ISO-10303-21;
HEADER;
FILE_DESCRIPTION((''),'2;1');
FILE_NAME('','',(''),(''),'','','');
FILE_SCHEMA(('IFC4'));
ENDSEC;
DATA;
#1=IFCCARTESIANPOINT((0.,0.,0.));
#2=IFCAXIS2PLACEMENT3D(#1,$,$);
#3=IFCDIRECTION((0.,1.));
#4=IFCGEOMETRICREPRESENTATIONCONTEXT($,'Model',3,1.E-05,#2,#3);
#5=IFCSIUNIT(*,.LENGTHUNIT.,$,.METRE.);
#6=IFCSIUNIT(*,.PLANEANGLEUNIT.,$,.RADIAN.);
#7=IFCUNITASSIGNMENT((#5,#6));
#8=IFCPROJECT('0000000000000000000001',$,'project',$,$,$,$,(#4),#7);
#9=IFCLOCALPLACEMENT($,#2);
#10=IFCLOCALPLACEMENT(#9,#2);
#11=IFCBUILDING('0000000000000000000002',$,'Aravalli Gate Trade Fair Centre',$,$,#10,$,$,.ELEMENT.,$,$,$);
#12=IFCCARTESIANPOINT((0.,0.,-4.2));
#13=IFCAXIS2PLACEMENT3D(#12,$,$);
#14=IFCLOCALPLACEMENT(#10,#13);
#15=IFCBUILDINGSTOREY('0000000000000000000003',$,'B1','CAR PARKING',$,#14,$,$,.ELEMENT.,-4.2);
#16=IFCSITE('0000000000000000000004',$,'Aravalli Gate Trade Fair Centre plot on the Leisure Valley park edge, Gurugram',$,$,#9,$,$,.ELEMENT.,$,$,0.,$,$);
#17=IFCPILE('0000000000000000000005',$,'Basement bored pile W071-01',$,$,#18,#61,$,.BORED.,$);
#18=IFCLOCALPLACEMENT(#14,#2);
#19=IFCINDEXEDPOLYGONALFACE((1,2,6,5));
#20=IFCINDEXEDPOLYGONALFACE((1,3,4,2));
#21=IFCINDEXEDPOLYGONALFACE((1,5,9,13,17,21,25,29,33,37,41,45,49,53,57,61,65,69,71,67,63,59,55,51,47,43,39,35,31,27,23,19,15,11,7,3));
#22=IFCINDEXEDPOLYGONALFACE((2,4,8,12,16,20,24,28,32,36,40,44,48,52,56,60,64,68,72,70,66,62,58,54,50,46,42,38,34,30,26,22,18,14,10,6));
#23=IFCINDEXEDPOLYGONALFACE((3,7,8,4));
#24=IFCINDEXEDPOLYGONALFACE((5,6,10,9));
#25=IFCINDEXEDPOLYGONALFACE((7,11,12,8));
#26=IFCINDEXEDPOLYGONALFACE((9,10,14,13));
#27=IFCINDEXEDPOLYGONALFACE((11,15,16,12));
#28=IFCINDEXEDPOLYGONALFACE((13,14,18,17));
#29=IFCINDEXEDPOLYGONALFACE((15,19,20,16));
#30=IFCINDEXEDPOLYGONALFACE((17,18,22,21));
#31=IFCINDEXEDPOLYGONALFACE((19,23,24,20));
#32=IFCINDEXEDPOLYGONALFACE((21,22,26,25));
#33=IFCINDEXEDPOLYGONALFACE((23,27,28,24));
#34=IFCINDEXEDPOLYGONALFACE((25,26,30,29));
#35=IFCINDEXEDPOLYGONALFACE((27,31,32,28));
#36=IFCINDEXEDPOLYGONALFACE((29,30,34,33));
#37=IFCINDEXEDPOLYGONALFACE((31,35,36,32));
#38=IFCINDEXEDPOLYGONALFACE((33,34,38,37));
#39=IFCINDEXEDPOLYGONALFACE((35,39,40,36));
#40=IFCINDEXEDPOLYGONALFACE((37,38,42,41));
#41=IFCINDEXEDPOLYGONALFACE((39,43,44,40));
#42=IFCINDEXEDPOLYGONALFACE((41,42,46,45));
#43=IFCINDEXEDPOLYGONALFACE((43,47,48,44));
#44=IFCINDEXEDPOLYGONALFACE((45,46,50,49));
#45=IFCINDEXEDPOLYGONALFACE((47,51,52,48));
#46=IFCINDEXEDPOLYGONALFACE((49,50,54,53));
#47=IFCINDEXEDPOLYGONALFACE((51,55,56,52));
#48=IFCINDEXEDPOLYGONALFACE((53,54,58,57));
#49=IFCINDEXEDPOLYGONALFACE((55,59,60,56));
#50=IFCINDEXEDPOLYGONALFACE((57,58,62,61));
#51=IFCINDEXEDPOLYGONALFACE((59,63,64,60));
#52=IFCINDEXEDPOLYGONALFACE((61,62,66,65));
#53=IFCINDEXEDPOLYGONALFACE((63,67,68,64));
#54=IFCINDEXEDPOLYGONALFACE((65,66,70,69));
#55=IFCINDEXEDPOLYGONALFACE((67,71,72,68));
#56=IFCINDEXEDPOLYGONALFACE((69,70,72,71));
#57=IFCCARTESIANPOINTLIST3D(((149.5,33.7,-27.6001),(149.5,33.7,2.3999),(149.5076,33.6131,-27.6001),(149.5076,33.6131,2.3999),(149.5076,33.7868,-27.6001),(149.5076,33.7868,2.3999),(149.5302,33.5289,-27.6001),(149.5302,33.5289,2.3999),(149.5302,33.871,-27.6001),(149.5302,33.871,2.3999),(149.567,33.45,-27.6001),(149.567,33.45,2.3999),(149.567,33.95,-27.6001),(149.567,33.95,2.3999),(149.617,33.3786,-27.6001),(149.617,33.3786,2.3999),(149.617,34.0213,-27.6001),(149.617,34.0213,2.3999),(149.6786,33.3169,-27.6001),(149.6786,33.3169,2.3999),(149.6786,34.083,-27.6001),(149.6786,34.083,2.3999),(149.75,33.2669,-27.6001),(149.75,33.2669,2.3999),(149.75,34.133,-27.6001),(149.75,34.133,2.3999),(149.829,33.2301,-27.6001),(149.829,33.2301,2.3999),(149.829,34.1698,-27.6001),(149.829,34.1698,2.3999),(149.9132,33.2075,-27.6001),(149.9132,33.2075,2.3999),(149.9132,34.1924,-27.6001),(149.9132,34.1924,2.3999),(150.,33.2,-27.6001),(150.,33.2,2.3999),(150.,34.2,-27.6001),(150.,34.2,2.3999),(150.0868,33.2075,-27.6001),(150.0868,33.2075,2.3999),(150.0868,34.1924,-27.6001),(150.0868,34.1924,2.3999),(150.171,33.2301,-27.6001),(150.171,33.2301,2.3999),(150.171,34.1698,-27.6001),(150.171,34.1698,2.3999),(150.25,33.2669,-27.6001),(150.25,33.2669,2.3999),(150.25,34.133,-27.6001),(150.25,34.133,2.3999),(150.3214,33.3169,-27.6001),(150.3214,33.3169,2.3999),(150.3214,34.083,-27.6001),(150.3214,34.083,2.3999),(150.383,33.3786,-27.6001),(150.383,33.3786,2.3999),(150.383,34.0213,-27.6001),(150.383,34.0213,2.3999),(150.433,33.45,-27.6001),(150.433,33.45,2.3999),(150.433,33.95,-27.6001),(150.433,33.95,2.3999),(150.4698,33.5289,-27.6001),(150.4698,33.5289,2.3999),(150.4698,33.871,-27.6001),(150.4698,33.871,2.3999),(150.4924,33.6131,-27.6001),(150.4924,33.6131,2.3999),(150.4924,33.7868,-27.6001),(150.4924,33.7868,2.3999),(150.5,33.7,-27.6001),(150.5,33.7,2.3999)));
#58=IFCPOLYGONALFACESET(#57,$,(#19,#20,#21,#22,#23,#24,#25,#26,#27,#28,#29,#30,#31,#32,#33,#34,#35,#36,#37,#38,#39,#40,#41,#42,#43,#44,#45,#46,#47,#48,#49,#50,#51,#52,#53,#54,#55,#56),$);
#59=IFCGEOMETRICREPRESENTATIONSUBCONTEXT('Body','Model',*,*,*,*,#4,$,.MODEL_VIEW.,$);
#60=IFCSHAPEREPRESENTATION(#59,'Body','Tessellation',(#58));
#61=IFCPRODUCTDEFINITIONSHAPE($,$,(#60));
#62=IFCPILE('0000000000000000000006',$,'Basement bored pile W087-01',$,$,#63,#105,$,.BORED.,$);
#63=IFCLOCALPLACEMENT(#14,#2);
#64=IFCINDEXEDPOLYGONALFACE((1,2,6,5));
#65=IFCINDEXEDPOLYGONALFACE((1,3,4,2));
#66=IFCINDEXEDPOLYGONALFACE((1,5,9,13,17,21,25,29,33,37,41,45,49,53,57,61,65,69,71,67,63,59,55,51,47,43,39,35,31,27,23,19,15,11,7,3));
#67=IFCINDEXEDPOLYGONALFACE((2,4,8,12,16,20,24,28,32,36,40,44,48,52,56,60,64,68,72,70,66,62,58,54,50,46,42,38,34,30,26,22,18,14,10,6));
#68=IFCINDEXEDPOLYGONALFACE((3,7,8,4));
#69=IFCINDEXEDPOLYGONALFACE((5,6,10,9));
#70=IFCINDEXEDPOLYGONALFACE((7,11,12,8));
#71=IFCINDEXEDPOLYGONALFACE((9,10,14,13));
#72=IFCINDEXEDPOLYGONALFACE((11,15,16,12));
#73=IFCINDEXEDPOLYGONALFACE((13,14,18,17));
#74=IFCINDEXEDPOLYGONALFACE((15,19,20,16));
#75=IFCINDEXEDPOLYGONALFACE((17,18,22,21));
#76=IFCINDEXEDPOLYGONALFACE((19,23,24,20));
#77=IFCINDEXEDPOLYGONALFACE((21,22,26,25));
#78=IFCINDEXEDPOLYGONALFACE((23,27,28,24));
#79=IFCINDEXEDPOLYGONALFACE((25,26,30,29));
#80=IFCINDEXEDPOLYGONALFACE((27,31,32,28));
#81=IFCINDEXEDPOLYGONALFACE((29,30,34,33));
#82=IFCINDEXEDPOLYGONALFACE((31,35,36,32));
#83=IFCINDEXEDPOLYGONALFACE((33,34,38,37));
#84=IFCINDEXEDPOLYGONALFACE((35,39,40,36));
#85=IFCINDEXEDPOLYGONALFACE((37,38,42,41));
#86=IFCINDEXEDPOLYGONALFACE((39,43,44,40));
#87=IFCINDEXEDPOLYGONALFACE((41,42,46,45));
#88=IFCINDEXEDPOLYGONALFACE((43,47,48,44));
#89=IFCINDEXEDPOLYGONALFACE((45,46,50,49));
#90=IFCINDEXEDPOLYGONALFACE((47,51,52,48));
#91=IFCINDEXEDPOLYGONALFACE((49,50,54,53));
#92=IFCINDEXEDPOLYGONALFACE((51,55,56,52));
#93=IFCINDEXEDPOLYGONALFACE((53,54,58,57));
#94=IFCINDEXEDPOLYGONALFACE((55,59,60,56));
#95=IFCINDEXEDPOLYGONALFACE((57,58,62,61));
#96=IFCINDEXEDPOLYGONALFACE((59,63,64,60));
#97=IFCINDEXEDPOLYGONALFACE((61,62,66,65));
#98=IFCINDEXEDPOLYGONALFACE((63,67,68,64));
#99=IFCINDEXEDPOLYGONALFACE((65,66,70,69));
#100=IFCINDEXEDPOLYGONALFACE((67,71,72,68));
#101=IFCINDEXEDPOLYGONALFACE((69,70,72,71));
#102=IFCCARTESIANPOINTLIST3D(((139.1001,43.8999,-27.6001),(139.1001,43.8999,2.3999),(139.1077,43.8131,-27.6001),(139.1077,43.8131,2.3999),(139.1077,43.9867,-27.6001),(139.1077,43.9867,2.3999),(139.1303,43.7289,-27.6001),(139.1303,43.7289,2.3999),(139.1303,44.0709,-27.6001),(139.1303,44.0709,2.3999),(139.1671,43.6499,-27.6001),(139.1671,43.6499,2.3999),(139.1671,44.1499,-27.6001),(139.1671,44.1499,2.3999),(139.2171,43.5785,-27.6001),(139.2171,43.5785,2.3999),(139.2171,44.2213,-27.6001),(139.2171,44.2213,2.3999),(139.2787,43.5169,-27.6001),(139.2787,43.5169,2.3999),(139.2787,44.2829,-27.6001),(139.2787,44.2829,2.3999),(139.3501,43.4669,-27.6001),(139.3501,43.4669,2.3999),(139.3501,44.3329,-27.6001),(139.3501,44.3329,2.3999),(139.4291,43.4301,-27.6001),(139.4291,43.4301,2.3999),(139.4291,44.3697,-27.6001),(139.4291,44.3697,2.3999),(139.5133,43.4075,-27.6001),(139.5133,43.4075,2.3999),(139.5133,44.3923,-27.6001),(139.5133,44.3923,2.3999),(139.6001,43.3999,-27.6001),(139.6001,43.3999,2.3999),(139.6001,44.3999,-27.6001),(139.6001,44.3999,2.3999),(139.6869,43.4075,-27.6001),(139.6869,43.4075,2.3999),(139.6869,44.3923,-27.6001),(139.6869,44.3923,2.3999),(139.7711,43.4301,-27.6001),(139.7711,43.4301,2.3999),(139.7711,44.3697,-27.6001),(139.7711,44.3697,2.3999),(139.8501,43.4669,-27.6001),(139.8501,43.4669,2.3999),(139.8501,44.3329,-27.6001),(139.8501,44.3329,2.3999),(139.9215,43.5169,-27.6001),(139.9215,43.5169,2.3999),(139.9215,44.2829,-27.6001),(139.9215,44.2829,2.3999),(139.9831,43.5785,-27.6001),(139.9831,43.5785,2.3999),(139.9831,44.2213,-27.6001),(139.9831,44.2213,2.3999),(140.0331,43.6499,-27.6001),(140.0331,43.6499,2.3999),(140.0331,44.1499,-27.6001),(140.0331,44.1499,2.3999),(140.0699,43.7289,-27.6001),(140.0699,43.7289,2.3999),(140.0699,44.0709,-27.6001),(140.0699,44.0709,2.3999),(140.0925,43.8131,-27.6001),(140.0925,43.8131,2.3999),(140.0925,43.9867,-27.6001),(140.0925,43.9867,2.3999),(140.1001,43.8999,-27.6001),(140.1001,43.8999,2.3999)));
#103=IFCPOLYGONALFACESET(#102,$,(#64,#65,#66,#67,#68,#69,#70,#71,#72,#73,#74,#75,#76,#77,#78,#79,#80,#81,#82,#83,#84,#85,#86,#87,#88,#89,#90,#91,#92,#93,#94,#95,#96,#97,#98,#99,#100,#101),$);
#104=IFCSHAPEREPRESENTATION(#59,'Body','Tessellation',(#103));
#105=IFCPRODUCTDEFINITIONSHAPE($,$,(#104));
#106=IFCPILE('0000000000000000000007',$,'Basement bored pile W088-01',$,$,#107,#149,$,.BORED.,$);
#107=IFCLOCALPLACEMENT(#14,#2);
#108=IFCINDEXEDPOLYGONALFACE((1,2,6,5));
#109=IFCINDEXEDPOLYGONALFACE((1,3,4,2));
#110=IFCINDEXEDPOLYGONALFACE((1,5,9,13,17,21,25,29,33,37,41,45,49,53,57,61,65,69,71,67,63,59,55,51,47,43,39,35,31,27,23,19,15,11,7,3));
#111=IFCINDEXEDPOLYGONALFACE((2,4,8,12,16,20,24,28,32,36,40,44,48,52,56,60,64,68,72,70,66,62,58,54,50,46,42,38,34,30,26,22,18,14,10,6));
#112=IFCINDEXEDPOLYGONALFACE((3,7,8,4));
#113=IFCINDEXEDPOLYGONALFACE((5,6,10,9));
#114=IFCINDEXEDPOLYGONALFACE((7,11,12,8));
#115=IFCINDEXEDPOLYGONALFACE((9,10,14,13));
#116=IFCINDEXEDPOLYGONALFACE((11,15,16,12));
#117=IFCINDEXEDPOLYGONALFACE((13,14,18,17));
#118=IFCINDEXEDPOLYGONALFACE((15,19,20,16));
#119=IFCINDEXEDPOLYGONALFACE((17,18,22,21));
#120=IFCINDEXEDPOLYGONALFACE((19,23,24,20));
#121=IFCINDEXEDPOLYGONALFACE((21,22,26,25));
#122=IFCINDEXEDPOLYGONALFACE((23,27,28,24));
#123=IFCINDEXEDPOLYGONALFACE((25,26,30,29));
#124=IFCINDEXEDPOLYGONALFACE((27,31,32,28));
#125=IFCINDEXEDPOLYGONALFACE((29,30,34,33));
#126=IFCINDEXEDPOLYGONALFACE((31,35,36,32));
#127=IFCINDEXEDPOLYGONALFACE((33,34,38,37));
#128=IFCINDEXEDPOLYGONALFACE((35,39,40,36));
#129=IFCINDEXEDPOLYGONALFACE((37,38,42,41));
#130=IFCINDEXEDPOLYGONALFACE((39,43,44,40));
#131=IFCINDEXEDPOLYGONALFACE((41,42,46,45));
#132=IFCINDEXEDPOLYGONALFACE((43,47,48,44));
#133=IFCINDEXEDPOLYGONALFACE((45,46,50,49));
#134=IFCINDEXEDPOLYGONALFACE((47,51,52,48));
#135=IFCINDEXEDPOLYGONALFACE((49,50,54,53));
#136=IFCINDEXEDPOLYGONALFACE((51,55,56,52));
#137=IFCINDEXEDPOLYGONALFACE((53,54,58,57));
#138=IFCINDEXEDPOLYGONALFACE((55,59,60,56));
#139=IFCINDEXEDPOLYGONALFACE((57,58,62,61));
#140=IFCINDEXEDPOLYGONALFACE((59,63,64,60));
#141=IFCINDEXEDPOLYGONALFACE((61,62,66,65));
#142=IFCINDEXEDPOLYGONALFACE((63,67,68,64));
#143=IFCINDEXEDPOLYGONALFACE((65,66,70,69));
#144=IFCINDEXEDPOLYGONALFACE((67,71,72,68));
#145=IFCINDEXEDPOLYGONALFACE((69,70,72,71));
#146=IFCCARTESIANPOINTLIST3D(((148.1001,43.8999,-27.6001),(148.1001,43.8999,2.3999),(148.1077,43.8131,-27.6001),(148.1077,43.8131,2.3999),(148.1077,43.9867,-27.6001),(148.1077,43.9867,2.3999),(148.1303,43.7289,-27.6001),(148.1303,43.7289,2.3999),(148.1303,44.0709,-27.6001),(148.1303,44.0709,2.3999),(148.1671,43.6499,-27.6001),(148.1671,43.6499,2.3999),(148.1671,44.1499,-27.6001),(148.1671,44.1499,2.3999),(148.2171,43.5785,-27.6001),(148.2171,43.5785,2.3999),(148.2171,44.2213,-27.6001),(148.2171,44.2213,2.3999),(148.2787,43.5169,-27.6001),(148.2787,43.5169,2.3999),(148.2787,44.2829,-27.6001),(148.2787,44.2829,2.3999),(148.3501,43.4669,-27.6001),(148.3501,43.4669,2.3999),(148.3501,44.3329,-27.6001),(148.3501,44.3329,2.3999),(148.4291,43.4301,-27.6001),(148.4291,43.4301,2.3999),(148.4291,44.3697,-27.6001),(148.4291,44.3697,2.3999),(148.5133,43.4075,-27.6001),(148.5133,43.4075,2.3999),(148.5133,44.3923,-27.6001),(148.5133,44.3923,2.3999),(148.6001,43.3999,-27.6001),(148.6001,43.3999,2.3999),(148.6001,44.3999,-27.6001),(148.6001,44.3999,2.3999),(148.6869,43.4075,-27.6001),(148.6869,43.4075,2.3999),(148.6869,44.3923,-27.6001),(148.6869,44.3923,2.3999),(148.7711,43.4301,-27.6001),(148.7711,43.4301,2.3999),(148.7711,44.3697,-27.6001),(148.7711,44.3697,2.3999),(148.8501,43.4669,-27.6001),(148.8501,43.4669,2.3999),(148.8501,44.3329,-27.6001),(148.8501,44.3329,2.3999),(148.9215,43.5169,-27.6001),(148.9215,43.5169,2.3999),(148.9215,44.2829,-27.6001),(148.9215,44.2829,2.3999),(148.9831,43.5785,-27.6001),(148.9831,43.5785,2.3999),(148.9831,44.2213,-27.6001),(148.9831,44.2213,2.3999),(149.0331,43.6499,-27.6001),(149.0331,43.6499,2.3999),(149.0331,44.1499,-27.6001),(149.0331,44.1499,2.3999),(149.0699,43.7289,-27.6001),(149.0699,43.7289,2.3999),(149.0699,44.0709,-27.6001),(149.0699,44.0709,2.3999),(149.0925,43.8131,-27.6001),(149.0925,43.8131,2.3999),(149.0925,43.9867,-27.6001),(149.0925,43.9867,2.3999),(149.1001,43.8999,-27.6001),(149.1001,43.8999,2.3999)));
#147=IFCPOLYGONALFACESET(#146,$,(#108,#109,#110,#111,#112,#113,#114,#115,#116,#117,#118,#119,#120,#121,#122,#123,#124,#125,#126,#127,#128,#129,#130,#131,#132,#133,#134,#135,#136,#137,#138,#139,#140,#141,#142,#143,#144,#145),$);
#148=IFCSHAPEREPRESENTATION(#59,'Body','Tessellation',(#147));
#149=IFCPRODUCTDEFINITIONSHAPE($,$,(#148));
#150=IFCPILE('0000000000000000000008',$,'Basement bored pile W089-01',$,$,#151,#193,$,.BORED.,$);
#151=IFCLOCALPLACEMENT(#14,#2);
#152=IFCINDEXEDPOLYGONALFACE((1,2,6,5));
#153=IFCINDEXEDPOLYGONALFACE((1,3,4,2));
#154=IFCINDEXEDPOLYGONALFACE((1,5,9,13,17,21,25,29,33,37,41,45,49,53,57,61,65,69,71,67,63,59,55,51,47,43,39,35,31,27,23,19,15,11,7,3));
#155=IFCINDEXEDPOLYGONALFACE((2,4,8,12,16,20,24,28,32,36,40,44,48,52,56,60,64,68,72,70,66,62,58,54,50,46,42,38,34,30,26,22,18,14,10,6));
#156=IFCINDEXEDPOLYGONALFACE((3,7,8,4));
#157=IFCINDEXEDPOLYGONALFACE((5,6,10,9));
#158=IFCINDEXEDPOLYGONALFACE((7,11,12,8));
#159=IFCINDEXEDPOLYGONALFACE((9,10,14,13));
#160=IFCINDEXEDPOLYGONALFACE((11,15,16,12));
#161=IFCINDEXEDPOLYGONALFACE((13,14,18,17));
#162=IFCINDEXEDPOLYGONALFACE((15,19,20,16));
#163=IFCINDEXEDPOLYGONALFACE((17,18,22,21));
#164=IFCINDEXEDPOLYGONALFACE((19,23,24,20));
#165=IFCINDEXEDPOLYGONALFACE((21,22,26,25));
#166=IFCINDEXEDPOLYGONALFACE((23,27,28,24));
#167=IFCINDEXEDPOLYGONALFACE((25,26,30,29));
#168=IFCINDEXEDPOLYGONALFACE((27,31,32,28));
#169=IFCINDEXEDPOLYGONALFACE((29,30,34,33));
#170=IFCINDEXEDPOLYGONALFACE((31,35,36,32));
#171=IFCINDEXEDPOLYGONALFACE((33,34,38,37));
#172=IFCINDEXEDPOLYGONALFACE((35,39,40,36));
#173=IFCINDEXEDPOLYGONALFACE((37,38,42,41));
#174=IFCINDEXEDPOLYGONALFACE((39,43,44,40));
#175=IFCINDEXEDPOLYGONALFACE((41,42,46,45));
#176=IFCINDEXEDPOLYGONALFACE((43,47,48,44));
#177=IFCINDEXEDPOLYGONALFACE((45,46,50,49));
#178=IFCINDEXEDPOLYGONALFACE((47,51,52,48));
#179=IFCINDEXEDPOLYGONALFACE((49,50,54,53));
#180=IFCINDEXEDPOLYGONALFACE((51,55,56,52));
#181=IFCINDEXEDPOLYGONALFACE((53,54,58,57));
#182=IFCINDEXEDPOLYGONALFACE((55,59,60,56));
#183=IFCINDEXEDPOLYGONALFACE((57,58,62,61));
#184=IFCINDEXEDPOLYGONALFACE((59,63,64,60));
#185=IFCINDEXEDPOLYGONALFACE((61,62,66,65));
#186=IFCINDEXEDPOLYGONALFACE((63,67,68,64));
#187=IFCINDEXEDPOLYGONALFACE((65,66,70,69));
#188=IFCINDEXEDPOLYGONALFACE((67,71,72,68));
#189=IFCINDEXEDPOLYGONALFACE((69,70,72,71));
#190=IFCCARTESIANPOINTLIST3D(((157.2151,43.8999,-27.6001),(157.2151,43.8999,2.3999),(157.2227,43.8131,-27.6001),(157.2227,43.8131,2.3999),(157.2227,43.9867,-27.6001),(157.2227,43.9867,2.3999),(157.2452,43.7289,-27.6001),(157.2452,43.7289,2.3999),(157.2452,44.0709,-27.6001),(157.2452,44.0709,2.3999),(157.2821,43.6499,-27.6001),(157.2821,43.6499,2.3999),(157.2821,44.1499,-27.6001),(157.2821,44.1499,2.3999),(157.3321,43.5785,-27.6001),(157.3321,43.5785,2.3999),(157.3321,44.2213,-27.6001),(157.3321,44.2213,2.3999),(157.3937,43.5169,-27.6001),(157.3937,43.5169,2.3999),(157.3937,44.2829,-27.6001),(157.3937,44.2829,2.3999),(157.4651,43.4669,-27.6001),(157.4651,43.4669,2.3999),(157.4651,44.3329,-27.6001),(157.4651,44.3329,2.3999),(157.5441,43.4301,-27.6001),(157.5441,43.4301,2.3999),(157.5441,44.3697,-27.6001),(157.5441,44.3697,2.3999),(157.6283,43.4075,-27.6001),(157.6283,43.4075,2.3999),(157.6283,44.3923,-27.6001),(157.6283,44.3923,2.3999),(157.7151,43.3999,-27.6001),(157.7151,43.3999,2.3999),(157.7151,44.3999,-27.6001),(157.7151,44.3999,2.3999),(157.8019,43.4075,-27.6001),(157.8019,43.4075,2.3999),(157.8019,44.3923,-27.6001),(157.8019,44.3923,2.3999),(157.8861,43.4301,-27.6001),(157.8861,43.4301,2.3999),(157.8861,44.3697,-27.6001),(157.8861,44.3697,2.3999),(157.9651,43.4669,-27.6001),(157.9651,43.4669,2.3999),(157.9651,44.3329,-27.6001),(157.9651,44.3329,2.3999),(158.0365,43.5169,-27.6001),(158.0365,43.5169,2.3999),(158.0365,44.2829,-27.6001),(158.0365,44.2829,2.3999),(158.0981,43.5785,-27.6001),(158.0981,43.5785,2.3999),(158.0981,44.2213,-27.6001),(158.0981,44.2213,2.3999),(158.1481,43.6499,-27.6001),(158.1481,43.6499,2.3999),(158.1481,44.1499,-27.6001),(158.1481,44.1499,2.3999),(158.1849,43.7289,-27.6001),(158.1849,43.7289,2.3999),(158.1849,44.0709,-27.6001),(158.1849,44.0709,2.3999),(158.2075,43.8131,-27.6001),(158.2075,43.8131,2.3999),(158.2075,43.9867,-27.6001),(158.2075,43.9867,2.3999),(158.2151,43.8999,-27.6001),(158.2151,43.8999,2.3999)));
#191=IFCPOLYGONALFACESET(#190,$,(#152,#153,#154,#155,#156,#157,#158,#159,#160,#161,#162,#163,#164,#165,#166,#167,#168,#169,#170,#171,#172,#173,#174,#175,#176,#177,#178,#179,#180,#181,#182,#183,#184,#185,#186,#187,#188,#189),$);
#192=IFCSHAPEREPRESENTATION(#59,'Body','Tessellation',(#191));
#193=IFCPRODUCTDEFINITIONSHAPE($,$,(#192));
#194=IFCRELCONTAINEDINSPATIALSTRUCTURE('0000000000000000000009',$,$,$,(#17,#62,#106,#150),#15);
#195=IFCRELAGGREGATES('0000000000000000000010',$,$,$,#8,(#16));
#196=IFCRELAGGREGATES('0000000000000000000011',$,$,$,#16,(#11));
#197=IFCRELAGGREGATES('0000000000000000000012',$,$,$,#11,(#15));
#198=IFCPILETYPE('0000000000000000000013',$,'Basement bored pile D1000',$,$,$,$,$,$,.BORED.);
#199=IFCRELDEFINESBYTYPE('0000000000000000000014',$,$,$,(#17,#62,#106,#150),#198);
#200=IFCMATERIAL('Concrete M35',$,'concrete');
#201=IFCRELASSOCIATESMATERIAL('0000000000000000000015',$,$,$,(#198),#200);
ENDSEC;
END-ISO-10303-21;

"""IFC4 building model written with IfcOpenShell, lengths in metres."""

from ifc_helpers import new_model, si_unit, direction, frame, origin, origin_2d, place, context, subcontext, project, spatial, circle, extrude, material, material_profile, profile_set, type_object, element, save


model = new_model("IFC4")

# Units and contexts
model_context = context("Model", 3, precision=1e-05, world=origin(), true_north=direction((0.0, 1.0)))
body_context = subcontext(model_context, "Body", "Model", "MODEL_VIEW")
ifc_project = project(units=[si_unit("LENGTHUNIT", "METRE"), si_unit("PLANEANGLEUNIT", "RADIAN")], contexts=[model_context])

# Site, building, storey
site_placement = place(None, origin())
site = spatial("IfcSite", under=ifc_project, at=site_placement, Name="Aravalli Gate Trade Fair Centre plot on the Leisure Valley park edge, Gurugram", CompositionType="ELEMENT", RefElevation=0.0)
building_placement = place(site_placement, origin())
building = spatial("IfcBuilding", under=site, at=building_placement, Name="Aravalli Gate Trade Fair Centre", CompositionType="ELEMENT")
storey_placement = place(building_placement, frame((0.0, 0.0, -4.2)))
storey = spatial("IfcBuildingStorey", under=building, at=storey_placement, Name="B1", Description="CAR PARKING", CompositionType="ELEMENT", Elevation=-4.2)

# Piles
ifc_material_1 = material(Name="Concrete M35", Category="concrete")
ifc_material_profile = material_profile(ifc_material_1, circle(Radius=0.5, at=origin_2d()), Name="D1000")
ifc_profile_set = profile_set([ifc_material_profile], Name="Concrete M35")
pile_type = type_object("IfcPileType", Name="Basement bored pile D1000", PredefinedType="BORED", material=ifc_profile_set)
for number, where, z_axis, x_axis, name in (
    (1, (150.0, 33.7, 2.3999), (0.0, 0.0, -1.0), (1.0, 0.0, 0.0), "Basement bored pile W071-01"),
    (2, (139.6001, 43.8999, 2.3999), (0.0, 0.0, -1.0), (1.0, 0.0, 0.0), "Basement bored pile W087-01"),
    (3, (148.6001, 43.8999, 2.3999), (0.0, 0.0, -1.0), (1.0, 0.0, 0.0), "Basement bored pile W088-01"),
    (4, (157.7151, 43.8999, 2.3999), (0.0, 0.0, -1.0), (1.0, 0.0, 0.0), "Basement bored pile W089-01"),
):
    element("IfcPile", number, at=place(storey_placement, frame(where, z_axis=z_axis, x_axis=x_axis)), inside=storey, type_object=pile_type, Name=name, PredefinedType="BORED", context=body_context, shape_type="SweptSolid", body=[
        extrude(circle(Radius=0.5, at=origin_2d()), origin(), (0.0, 0.0, 1.0), 30.0),
    ])

save(model, "model.ifc")
